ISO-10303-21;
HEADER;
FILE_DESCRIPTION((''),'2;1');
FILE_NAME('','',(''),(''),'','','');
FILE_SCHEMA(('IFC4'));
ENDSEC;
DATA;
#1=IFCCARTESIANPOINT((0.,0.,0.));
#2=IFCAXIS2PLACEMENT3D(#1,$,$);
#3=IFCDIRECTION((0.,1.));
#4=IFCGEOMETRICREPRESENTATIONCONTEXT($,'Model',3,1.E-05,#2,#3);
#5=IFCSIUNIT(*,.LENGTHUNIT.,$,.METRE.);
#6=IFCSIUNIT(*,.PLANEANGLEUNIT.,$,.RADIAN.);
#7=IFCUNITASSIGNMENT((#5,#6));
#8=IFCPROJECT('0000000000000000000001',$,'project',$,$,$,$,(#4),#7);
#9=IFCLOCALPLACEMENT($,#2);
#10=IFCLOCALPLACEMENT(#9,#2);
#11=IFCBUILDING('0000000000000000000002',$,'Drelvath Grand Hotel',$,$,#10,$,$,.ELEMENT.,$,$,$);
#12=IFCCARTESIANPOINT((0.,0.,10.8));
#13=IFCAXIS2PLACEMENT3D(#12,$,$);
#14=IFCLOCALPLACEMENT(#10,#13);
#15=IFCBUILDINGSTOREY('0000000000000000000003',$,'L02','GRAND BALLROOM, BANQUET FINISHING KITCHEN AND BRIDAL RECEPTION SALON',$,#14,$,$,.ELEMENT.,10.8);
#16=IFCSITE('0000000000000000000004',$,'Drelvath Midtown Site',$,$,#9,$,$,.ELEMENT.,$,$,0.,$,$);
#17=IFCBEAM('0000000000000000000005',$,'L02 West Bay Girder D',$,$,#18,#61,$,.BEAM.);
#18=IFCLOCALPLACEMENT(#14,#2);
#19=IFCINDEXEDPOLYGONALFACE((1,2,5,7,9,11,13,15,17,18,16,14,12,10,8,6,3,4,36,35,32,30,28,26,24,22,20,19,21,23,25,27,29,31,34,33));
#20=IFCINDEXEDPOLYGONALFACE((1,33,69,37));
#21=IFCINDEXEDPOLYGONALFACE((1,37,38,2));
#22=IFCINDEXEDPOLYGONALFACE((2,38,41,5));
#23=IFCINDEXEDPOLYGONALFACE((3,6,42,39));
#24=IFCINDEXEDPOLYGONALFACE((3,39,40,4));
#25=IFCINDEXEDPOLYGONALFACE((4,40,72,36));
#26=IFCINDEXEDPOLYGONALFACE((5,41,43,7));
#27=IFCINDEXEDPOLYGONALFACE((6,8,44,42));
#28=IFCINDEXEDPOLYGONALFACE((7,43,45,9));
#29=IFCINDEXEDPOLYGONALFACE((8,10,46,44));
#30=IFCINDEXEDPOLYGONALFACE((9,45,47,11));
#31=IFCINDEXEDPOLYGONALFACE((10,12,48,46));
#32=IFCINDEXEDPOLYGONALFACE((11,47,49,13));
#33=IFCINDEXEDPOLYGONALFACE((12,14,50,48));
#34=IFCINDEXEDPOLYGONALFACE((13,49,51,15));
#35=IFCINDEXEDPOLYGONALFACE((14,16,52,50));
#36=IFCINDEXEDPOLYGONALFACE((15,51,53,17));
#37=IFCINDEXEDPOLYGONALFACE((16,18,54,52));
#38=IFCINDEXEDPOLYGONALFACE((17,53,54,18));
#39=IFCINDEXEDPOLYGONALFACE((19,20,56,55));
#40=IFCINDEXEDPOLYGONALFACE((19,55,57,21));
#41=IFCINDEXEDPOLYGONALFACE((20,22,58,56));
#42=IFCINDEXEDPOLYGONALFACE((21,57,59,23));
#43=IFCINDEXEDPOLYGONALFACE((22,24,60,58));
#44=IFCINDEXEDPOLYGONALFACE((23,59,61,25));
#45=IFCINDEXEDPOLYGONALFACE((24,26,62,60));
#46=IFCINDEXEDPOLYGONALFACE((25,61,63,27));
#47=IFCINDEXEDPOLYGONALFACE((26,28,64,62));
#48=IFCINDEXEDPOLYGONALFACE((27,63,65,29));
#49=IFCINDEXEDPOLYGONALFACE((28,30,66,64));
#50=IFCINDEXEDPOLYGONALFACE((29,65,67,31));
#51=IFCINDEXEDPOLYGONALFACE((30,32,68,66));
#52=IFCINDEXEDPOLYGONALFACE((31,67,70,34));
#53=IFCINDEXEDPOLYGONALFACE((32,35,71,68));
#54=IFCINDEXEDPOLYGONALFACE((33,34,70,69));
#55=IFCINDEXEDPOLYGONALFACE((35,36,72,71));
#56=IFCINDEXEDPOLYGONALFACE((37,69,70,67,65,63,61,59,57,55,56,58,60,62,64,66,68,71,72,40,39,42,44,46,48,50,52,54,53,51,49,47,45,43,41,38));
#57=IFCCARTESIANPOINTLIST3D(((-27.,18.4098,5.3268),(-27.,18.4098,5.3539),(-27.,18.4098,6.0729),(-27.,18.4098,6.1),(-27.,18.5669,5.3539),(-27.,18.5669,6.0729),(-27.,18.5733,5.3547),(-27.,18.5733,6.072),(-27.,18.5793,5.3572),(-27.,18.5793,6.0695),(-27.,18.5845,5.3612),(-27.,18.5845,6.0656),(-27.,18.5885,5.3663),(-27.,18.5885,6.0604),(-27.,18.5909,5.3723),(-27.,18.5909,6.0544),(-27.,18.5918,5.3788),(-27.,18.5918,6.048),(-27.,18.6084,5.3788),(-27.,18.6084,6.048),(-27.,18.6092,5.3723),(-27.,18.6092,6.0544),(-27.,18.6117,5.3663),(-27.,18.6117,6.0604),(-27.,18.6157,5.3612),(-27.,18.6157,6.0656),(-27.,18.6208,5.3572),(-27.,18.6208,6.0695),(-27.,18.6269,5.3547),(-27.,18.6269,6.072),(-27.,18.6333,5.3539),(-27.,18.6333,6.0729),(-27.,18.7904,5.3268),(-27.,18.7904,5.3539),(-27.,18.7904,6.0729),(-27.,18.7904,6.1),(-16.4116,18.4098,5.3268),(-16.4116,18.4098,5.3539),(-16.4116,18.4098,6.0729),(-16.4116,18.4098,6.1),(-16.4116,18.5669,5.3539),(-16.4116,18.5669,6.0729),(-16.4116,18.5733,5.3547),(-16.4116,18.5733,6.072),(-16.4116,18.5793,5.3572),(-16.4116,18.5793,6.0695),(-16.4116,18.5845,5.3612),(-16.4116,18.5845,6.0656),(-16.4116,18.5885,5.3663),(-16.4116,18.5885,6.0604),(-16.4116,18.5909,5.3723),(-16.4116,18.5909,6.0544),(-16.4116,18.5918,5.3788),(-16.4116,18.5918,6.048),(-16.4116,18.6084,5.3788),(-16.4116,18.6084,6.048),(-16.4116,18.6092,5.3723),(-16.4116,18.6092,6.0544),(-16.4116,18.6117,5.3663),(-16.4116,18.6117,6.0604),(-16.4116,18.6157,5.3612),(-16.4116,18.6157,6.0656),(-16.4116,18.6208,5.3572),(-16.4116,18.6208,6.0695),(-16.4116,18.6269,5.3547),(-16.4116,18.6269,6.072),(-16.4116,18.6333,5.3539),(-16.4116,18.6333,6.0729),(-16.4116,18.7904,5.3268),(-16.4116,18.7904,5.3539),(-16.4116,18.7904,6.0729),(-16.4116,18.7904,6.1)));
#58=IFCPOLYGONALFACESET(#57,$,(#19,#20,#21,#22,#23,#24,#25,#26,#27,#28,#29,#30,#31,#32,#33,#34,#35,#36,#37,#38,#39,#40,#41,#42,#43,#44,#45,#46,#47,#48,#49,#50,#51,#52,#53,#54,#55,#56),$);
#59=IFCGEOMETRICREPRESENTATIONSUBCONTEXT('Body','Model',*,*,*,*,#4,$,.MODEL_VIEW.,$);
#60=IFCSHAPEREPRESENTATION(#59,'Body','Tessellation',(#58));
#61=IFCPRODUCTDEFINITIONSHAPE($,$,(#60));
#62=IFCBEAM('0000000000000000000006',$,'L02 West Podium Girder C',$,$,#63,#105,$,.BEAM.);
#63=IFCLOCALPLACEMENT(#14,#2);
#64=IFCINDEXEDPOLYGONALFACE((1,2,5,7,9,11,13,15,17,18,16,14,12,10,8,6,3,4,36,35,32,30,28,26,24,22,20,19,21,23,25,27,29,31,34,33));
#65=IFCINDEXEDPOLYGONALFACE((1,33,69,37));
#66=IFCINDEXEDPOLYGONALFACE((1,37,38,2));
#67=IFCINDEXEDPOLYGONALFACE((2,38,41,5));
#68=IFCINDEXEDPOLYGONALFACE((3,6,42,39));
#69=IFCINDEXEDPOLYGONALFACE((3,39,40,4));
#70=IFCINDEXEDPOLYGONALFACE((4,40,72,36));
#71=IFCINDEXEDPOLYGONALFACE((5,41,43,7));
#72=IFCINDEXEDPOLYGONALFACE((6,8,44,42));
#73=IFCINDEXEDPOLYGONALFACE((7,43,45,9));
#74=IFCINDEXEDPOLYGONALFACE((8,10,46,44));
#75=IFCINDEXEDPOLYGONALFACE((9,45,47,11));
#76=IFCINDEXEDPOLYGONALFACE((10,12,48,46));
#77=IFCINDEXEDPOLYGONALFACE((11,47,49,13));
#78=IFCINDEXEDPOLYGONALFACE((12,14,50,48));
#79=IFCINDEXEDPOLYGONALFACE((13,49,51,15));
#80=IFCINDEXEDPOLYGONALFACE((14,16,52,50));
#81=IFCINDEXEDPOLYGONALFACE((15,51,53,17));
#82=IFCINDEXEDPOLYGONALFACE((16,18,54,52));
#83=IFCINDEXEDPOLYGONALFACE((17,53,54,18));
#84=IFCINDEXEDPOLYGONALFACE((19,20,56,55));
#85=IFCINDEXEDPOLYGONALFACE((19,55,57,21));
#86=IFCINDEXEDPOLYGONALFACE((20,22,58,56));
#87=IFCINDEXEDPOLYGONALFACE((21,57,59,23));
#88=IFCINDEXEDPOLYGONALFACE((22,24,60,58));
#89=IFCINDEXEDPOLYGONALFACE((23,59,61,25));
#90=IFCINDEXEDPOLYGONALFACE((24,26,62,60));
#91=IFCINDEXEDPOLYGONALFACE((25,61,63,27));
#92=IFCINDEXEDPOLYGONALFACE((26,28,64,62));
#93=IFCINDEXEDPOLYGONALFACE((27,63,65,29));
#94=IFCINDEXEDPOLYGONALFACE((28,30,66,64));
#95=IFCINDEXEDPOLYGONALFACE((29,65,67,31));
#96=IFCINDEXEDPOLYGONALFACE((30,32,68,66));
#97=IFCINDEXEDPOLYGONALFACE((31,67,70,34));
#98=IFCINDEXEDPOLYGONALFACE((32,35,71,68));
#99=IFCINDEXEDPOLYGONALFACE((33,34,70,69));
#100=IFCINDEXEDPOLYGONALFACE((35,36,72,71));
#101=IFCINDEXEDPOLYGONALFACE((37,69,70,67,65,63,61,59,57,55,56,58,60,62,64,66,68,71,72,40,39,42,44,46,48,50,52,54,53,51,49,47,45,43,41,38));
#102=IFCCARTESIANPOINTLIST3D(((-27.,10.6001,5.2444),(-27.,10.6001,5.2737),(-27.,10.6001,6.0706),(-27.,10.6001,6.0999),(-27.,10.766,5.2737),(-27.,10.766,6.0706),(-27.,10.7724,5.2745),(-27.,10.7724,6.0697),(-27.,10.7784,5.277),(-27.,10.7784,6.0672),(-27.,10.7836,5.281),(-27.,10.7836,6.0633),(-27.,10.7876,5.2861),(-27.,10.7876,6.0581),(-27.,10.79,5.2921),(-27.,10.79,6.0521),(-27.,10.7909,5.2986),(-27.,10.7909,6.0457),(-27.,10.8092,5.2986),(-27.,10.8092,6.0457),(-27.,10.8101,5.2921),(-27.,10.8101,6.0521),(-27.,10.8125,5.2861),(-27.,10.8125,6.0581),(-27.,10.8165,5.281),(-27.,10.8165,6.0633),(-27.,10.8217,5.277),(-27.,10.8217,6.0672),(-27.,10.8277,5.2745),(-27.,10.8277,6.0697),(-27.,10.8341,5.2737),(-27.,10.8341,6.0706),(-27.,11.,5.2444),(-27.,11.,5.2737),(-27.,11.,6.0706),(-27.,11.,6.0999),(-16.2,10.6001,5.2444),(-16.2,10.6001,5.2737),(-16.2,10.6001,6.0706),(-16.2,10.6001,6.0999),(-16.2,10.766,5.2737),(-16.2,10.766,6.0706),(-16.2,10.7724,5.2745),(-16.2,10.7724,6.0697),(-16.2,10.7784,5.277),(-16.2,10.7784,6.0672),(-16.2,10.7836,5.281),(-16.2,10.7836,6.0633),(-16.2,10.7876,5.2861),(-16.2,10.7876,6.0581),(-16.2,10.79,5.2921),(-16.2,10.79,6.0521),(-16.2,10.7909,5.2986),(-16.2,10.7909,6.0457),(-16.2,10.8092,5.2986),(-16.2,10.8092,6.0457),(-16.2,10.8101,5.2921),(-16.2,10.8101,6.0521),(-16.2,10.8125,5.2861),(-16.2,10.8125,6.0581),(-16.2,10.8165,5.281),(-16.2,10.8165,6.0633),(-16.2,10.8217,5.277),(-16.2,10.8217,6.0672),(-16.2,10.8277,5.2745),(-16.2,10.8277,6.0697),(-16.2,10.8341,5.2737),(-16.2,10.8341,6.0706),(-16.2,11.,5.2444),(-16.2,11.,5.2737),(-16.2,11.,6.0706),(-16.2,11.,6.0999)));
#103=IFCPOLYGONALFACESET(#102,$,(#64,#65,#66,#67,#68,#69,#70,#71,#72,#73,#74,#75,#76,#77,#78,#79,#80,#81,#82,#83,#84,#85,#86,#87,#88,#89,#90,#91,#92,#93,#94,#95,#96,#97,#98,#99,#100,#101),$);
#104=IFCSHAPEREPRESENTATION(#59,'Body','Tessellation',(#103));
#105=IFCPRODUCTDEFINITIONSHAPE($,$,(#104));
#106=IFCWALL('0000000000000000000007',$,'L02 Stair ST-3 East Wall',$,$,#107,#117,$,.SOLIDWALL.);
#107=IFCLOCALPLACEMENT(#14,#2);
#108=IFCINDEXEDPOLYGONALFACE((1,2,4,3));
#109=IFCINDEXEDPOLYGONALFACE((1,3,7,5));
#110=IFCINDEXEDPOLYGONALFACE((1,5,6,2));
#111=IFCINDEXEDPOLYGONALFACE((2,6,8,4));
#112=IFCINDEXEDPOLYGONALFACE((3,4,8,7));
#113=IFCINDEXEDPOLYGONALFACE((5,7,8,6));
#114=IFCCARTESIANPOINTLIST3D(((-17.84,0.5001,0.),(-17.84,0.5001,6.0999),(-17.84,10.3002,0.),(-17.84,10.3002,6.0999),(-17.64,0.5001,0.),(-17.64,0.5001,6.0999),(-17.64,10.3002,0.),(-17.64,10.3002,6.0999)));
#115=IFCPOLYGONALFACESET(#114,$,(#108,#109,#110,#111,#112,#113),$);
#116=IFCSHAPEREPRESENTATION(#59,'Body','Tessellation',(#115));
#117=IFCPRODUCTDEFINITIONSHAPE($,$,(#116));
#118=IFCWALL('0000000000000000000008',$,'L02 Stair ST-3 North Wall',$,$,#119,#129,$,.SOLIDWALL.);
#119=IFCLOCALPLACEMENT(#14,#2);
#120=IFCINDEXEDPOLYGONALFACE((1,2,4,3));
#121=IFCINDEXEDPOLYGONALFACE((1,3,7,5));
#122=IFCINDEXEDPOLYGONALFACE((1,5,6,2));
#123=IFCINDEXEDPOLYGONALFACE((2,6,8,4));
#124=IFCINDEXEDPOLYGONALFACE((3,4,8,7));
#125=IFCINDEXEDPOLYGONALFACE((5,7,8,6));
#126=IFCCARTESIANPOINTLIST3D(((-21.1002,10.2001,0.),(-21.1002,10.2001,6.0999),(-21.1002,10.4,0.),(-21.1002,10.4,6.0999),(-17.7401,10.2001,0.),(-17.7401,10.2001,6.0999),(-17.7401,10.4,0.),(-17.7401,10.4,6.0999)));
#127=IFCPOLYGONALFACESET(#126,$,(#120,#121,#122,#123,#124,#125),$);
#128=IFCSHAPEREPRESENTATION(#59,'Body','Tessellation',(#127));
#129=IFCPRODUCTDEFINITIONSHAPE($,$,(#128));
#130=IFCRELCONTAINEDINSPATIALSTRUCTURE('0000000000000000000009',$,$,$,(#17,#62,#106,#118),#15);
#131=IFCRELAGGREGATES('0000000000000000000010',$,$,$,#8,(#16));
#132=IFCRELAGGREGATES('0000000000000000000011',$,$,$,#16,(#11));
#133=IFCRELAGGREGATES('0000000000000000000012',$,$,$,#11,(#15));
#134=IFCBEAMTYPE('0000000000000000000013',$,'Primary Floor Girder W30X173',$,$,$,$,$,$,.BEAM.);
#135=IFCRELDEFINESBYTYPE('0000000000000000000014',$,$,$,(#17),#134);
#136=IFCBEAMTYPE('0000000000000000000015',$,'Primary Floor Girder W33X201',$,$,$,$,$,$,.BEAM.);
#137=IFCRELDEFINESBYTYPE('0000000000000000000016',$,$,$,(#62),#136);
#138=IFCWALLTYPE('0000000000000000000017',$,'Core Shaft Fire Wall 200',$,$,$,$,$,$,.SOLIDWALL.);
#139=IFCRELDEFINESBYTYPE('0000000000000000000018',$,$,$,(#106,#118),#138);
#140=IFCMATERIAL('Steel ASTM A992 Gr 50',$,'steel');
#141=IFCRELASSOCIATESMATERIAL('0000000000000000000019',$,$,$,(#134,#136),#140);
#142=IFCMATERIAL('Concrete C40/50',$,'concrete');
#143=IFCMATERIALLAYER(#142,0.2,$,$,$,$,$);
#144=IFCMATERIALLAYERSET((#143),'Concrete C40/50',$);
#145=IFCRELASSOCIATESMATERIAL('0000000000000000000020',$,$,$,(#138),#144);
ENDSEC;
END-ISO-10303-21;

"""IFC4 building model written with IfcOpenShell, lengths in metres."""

from ifc_helpers import new_model, si_unit, direction, frame, frame_2d, origin, origin_2d, place, context, subcontext, project, spatial, rectangle, i_section, extrude, material, layer, layer_set, material_profile, profile_set, type_object, element, save


model = new_model("IFC4")

# Units and contexts
model_context = context("Model", 3, precision=1e-05, world=origin(), true_north=direction((0.0, 1.0)))
body_context = subcontext(model_context, "Body", "Model", "MODEL_VIEW")
ifc_project = project(units=[si_unit("LENGTHUNIT", "METRE"), si_unit("PLANEANGLEUNIT", "RADIAN")], contexts=[model_context])

# Site, building, storey
site_placement = place(None, origin())
site = spatial("IfcSite", under=ifc_project, at=site_placement, Name="Drelvath Midtown Site", CompositionType="ELEMENT", RefElevation=0.0)
building_placement = place(site_placement, origin())
building = spatial("IfcBuilding", under=site, at=building_placement, Name="Drelvath Grand Hotel", CompositionType="ELEMENT")
storey_placement = place(building_placement, frame((0.0, 0.0, 10.8)))
storey = spatial("IfcBuildingStorey", under=building, at=storey_placement, Name="L02", Description="GRAND BALLROOM, BANQUET FINISHING KITCHEN AND BRIDAL RECEPTION SALON", CompositionType="ELEMENT", Elevation=10.8)

# Beams
ifc_material_1 = material(Name="Steel ASTM A992 Gr 50", Category="steel")
ifc_material_profile_1 = material_profile(ifc_material_1, i_section(OverallWidth=0.3806, OverallDepth=0.7732, WebThickness=0.0166, FlangeThickness=0.0271, FilletRadius=0.0249, at=origin_2d()), Name="W30X173")
ifc_profile_set_1 = profile_set([ifc_material_profile_1], Name="Steel ASTM A992 Gr 50")
beam_type_1 = type_object("IfcBeamType", Name="Primary Floor Girder W30X173", PredefinedType="BEAM", material=ifc_profile_set_1)
beam_1_placement = place(storey_placement, frame((-27.0, 18.6001, 5.7134), z_axis=(1.0, 0.0, 0.0), x_axis=(0.0, 1.0, 0.0)))
element("IfcBeam", 1, at=beam_1_placement, inside=storey, type_object=beam_type_1, Name="L02 West Bay Girder D", PredefinedType="BEAM", context=body_context, shape_type="SweptSolid", body=[
    extrude(i_section(OverallWidth=0.3806, OverallDepth=0.7732, WebThickness=0.0166, FlangeThickness=0.0271, FilletRadius=0.0249, at=origin_2d()), origin(), (0.0, 0.0, 1.0), 10.5884),
])
ifc_material_profile_2 = material_profile(ifc_material_1, i_section(OverallWidth=0.3999, OverallDepth=0.8555, WebThickness=0.0183, FlangeThickness=0.0293, FilletRadius=0.0249, at=origin_2d()), Name="W33X201")
ifc_profile_set_2 = profile_set([ifc_material_profile_2], Name="Steel ASTM A992 Gr 50")
beam_type_2 = type_object("IfcBeamType", Name="Primary Floor Girder W33X201", PredefinedType="BEAM", material=ifc_profile_set_2)
beam_2_placement = place(storey_placement, frame((-27.0, 10.8, 5.6721), z_axis=(1.0, 0.0, 0.0), x_axis=(0.0, 1.0, 0.0)))
element("IfcBeam", 2, at=beam_2_placement, inside=storey, type_object=beam_type_2, Name="L02 West Podium Girder C", PredefinedType="BEAM", context=body_context, shape_type="SweptSolid", body=[
    extrude(i_section(OverallWidth=0.3999, OverallDepth=0.8555, WebThickness=0.0183, FlangeThickness=0.0293, FilletRadius=0.0249, at=origin_2d()), origin(), (0.0, 0.0, 1.0), 10.8),
])

# Walls
ifc_material_2 = material(Name="Concrete C40/50", Category="concrete")
ifc_layer_1 = layer(ifc_material_2, 0.2)
ifc_layer_set_1 = layer_set([ifc_layer_1], Name="Concrete C40/50")
wall_type_1 = type_object("IfcWallType", Name="Core Shaft Fire Wall 200", PredefinedType="SOLIDWALL", material=ifc_layer_set_1)
wall_1_placement = place(storey_placement, frame((-17.74, 10.3, 0.0), z_axis=(0.0, 0.0, 1.0), x_axis=(0.0, -1.0, 0.0)))
element("IfcWall", 3, at=wall_1_placement, inside=storey, type_object=wall_type_1, Name="L02 Stair ST-3 East Wall", PredefinedType="SOLIDWALL", context=body_context, shape_type="SweptSolid", body=[
    extrude(rectangle(XDim=9.8, YDim=0.2, at=frame_2d((4.8999, 0.0))), origin(), (0.0, 0.0, 1.0), 6.0999),
])
wall_2_placement = place(storey_placement, frame((-17.74, 10.3, 0.0), z_axis=(0.0, 0.0, 1.0), x_axis=(-1.0, 0.0, 0.0)))
element("IfcWall", 4, at=wall_2_placement, inside=storey, type_object=wall_type_1, Name="L02 Stair ST-3 North Wall", PredefinedType="SOLIDWALL", context=body_context, shape_type="SweptSolid", body=[
    extrude(rectangle(XDim=3.3601, YDim=0.2, at=frame_2d((1.6802, 0.0))), origin(), (0.0, 0.0, 1.0), 6.0999),
])

save(model, "model.ifc")
